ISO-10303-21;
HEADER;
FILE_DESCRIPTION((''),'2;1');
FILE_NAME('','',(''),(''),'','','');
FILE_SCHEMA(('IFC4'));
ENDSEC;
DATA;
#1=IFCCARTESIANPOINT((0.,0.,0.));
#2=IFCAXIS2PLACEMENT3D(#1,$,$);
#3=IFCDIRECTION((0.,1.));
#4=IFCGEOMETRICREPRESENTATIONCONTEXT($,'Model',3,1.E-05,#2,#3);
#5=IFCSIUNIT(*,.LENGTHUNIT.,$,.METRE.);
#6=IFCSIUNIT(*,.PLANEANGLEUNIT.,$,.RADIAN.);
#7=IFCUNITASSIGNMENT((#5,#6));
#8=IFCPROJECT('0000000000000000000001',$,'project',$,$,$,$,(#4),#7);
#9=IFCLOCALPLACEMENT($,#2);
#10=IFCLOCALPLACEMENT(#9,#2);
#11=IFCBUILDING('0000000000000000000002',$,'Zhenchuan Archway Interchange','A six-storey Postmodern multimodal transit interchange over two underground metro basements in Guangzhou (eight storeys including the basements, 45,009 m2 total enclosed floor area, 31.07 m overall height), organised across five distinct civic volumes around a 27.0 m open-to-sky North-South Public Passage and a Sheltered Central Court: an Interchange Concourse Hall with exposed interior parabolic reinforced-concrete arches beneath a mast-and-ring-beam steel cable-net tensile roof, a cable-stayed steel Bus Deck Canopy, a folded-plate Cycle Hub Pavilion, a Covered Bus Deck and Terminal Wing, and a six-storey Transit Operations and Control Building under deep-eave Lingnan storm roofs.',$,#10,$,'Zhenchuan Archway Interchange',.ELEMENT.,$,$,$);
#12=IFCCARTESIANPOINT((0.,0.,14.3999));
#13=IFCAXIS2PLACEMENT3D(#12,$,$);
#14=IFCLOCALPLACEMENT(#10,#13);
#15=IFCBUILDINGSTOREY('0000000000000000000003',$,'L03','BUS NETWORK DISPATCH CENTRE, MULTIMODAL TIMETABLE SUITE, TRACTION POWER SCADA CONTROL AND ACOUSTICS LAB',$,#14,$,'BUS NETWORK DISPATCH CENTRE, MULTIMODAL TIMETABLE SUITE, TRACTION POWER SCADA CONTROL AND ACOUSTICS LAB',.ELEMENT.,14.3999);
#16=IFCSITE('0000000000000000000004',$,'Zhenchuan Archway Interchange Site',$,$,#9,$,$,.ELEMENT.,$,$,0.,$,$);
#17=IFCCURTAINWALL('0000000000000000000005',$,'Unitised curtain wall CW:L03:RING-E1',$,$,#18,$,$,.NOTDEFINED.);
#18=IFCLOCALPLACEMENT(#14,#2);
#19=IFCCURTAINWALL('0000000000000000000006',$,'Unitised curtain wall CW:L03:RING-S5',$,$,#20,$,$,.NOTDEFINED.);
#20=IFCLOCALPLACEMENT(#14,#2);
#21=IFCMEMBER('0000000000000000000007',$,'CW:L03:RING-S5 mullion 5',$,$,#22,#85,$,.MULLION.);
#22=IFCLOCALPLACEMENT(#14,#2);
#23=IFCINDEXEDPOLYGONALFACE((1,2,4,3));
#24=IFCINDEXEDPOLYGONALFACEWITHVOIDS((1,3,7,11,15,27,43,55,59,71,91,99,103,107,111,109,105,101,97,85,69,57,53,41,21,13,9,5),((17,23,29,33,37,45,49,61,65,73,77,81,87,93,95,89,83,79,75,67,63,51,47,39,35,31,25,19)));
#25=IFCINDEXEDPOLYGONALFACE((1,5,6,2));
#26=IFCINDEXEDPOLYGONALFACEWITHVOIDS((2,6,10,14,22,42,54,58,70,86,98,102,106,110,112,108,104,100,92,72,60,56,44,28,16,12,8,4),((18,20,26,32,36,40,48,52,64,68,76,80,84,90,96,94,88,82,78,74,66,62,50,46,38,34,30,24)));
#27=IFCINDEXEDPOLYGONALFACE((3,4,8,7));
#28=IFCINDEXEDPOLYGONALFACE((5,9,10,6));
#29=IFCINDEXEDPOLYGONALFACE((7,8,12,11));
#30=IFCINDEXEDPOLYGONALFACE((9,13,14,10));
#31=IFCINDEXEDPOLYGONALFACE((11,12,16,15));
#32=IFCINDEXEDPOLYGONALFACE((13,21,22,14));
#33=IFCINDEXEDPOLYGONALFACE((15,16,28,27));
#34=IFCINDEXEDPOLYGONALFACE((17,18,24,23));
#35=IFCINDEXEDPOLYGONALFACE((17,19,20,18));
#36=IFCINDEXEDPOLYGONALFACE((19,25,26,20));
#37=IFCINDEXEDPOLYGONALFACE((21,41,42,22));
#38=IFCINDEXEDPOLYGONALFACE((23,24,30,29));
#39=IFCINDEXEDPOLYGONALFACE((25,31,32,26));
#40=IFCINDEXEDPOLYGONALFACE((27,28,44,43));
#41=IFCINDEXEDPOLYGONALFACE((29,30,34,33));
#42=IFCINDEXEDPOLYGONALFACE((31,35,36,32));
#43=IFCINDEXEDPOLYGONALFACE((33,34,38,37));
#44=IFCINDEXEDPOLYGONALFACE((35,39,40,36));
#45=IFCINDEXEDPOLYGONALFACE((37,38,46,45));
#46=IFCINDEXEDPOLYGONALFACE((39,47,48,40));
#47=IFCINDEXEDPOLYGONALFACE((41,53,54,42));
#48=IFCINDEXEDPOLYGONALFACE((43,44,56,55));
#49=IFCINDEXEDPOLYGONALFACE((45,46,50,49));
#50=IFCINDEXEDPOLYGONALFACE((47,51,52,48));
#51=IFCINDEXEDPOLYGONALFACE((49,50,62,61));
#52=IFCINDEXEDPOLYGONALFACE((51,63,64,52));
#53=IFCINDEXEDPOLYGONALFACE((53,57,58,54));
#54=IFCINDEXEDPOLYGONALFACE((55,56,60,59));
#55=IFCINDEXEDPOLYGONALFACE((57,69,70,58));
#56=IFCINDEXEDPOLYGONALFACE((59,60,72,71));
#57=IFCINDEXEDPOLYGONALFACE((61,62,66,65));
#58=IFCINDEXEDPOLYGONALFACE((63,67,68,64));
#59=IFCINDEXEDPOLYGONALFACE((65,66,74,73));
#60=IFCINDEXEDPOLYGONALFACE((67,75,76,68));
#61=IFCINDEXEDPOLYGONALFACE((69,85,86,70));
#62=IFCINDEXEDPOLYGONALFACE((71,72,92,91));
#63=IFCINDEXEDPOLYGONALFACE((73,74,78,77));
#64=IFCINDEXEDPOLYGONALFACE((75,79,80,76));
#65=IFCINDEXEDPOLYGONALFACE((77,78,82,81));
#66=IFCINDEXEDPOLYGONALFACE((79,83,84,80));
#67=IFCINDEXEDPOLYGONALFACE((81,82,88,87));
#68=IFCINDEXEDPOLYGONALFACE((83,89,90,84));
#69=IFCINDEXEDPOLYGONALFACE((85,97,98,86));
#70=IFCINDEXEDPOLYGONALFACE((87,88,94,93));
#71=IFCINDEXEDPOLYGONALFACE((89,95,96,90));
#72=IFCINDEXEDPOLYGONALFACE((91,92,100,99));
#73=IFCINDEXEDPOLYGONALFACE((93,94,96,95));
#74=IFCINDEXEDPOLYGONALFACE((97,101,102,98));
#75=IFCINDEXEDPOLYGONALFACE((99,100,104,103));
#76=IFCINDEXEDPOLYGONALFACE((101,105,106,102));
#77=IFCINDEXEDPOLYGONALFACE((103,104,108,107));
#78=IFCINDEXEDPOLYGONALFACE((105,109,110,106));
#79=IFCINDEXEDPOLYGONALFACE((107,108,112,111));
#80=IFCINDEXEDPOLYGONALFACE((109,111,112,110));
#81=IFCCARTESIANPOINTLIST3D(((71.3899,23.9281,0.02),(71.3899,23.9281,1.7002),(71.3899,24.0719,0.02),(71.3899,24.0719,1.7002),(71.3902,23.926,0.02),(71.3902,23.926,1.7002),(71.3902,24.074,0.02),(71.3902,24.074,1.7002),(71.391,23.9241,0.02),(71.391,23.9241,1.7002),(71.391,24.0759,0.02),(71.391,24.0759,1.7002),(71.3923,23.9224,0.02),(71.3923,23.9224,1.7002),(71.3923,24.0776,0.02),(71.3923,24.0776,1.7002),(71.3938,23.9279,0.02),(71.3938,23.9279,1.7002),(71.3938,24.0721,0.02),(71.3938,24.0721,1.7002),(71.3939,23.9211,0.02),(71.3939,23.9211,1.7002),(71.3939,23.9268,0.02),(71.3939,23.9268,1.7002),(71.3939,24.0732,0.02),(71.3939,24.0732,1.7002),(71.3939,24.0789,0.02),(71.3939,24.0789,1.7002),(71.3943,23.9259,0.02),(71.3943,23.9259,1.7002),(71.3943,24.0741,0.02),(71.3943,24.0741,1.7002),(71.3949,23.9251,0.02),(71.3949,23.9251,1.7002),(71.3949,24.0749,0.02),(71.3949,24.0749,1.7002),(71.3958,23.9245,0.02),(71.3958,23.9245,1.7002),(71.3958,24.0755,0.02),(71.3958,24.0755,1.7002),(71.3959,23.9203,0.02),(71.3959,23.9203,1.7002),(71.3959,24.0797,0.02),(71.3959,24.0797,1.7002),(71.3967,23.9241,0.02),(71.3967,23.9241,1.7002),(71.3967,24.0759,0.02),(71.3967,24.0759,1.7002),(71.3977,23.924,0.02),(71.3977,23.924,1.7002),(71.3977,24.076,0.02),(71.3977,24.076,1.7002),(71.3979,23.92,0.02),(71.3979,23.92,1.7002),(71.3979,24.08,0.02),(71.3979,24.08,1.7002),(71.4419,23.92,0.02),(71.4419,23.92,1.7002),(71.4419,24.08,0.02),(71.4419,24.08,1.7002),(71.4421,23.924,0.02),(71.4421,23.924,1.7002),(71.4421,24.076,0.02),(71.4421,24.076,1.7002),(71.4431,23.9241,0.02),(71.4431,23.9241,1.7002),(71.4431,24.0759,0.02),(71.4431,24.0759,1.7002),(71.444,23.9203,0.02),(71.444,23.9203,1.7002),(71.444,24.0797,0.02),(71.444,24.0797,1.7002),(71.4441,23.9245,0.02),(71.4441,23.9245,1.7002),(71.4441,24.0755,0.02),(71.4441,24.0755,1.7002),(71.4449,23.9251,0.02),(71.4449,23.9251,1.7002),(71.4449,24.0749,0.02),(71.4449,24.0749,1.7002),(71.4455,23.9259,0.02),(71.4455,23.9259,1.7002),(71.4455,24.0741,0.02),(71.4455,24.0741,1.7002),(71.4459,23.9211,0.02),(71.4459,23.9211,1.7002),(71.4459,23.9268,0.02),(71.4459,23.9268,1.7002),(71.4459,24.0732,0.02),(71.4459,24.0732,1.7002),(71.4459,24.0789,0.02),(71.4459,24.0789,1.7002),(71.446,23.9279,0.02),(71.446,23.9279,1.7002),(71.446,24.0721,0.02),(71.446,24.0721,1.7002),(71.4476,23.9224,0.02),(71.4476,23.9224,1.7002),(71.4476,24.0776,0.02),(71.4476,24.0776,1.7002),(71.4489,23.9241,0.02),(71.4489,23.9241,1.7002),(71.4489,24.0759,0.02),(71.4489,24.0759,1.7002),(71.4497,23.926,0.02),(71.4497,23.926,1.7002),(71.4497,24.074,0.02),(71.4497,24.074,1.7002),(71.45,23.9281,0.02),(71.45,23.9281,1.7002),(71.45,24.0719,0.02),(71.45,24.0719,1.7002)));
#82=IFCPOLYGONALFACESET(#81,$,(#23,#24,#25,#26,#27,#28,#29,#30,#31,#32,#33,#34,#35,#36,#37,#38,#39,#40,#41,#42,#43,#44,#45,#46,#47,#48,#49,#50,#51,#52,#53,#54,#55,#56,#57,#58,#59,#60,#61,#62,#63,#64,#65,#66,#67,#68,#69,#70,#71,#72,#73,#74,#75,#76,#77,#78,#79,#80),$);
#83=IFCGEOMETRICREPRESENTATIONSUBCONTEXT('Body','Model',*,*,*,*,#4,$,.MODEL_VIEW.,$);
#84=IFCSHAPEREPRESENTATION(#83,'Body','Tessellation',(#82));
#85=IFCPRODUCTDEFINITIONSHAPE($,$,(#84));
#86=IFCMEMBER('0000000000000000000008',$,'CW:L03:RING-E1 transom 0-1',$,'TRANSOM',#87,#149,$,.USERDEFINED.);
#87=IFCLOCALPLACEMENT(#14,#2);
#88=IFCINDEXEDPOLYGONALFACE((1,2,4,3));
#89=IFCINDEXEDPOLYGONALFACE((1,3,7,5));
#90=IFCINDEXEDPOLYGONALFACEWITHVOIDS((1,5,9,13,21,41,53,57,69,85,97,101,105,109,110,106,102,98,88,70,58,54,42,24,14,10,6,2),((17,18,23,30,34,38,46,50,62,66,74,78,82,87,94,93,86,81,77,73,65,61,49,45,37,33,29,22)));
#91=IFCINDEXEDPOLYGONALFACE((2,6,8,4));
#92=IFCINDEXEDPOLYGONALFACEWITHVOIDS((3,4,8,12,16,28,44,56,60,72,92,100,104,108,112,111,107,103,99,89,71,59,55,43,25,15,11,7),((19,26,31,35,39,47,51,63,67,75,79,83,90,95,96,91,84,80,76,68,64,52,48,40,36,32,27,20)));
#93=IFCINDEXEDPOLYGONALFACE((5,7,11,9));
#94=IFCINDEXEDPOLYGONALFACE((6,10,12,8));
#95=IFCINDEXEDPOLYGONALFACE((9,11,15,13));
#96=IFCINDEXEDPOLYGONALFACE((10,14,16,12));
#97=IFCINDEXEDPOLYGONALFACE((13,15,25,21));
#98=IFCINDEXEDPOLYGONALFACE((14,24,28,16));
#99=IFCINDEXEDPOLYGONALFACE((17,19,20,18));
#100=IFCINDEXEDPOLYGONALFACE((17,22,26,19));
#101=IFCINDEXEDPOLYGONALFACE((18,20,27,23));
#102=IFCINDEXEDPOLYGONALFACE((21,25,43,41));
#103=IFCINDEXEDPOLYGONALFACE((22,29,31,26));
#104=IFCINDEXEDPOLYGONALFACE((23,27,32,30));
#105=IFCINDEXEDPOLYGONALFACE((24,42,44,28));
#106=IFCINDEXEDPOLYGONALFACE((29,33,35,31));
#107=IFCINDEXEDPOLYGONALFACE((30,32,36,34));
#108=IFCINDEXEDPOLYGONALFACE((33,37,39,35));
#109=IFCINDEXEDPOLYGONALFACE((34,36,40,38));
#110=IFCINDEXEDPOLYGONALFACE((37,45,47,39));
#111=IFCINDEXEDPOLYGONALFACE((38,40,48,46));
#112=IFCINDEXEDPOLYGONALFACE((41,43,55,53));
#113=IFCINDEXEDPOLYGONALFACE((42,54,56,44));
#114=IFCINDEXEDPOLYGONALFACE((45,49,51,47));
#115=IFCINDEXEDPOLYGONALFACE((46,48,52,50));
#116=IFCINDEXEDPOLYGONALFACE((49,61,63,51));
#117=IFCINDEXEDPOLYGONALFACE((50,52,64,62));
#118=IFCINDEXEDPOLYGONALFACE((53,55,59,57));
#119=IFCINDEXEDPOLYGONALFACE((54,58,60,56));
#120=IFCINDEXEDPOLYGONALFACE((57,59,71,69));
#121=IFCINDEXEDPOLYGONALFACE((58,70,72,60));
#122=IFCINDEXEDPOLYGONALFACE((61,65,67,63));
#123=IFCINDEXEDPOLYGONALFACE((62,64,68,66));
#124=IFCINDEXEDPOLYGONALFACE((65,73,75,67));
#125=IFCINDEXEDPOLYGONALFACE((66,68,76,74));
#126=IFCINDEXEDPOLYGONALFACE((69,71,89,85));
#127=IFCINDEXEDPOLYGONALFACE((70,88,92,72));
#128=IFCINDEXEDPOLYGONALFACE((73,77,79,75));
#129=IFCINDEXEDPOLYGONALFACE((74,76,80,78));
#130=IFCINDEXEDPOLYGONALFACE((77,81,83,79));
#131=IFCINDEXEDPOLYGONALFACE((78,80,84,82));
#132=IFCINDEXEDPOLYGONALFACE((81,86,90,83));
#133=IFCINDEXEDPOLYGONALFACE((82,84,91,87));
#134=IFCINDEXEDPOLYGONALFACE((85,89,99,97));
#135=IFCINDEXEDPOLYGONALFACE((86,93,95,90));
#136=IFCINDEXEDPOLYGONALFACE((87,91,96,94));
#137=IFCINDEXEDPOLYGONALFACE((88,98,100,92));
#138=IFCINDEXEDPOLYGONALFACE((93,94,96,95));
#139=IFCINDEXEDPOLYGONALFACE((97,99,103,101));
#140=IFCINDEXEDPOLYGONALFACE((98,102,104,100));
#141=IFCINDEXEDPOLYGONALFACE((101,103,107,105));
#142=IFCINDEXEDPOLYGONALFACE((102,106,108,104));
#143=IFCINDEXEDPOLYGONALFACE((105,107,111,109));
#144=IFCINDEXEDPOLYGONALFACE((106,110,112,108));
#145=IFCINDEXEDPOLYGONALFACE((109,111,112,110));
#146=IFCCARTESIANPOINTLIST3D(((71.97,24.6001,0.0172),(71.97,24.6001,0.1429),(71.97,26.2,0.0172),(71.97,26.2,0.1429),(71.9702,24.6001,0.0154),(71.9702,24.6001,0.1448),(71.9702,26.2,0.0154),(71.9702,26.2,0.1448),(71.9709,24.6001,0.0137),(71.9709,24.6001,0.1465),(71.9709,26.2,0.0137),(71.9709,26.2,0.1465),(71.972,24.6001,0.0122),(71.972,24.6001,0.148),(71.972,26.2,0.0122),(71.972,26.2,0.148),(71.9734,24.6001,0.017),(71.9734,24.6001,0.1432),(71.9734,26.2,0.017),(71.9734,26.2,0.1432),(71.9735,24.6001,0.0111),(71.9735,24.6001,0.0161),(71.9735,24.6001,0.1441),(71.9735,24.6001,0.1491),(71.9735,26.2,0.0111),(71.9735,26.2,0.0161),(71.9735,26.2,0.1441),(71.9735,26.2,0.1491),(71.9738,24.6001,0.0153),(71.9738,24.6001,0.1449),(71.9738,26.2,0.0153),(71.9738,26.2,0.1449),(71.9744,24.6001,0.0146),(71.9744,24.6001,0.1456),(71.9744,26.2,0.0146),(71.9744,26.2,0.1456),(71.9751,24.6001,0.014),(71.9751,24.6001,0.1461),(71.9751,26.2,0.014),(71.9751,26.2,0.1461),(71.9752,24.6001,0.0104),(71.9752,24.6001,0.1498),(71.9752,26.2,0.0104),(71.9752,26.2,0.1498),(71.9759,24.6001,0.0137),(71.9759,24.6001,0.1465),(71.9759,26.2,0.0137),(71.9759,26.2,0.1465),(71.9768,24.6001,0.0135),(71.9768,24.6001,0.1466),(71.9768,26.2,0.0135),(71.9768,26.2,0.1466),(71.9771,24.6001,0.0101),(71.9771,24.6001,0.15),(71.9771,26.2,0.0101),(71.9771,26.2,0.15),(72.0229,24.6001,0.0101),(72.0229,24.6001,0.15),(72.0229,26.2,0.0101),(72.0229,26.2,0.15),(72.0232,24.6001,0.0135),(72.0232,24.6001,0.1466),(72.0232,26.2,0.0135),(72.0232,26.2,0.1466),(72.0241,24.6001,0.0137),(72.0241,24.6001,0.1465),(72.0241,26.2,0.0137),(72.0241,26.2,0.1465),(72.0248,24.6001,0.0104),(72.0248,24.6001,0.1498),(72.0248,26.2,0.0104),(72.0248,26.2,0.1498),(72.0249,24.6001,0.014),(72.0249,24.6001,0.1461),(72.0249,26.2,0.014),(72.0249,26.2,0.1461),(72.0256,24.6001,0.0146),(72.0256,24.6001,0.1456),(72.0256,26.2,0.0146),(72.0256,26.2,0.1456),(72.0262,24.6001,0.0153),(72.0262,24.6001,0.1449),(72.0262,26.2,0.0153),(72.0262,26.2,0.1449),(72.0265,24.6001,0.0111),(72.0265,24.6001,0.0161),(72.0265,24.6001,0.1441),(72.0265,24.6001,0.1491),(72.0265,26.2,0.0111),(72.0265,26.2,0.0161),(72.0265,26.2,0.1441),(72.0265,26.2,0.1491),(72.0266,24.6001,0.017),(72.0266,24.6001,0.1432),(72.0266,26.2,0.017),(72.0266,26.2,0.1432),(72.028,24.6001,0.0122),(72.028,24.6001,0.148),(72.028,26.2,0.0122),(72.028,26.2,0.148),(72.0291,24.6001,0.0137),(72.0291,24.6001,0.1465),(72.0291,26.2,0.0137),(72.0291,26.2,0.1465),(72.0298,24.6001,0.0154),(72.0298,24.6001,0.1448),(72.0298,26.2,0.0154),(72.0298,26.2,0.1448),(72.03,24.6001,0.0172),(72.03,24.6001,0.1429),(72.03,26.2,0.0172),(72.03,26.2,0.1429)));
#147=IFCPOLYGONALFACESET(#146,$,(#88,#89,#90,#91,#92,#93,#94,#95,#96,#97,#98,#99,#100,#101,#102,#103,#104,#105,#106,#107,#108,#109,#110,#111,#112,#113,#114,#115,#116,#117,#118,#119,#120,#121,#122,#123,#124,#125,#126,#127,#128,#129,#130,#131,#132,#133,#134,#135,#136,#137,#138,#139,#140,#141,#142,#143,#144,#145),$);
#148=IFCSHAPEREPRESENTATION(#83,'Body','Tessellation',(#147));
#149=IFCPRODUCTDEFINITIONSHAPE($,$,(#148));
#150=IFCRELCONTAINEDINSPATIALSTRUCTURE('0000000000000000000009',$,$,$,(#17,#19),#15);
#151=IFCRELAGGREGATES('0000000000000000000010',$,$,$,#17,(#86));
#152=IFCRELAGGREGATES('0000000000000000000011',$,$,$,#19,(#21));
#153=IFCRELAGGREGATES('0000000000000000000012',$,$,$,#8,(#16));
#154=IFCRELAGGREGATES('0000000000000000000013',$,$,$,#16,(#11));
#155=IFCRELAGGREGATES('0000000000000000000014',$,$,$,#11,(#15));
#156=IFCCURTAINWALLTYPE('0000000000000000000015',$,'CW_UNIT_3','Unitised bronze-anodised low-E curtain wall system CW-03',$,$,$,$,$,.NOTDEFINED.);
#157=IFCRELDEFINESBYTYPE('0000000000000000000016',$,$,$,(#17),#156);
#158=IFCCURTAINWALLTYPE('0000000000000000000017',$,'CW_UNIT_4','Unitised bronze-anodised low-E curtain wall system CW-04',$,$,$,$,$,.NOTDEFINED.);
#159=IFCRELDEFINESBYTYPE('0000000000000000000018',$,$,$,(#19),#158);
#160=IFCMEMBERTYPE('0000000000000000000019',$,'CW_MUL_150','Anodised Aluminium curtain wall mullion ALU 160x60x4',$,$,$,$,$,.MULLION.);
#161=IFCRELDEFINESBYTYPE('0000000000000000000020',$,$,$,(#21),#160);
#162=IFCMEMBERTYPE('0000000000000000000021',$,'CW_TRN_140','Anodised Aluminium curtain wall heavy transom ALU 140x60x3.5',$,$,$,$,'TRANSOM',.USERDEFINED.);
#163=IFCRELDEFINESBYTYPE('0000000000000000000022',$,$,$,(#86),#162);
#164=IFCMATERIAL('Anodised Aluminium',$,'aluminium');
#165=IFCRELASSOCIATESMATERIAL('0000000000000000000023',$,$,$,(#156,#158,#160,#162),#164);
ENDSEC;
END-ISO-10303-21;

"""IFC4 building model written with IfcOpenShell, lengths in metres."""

from ifc_helpers import new_model, si_unit, direction, frame, origin, origin_2d, place, context, subcontext, project, spatial, hollow_rectangle, extrude, material, material_profile, profile_set, type_object, element, aggregate, save


model = new_model("IFC4")

# Units and contexts
model_context = context("Model", 3, precision=1e-05, world=origin(), true_north=direction((0.0, 1.0)))
body_context = subcontext(model_context, "Body", "Model", "MODEL_VIEW")
ifc_project = project(units=[si_unit("LENGTHUNIT", "METRE"), si_unit("PLANEANGLEUNIT", "RADIAN")], contexts=[model_context])

# Site, building, storey
site_placement = place(None, origin())
site = spatial("IfcSite", under=ifc_project, at=site_placement, Name="Zhenchuan Archway Interchange Site", CompositionType="ELEMENT", RefElevation=0.0)
building_placement = place(site_placement, origin())
building = spatial("IfcBuilding", under=site, at=building_placement, Name="Zhenchuan Archway Interchange", Description="A six-storey Postmodern multimodal transit interchange over two underground metro basements in Guangzhou (eight storeys including the basements, 45,009 m2 total enclosed floor area, 31.07 m overall height), organised across five distinct civic volumes around a 27.0 m open-to-sky North-South Public Passage and a Sheltered Central Court: an Interchange Concourse Hall with exposed interior parabolic reinforced-concrete arches beneath a mast-and-ring-beam steel cable-net tensile roof, a cable-stayed steel Bus Deck Canopy, a folded-plate Cycle Hub Pavilion, a Covered Bus Deck and Terminal Wing, and a six-storey Transit Operations and Control Building under deep-eave Lingnan storm roofs.", LongName="Zhenchuan Archway Interchange", CompositionType="ELEMENT")
storey_placement = place(building_placement, frame((0.0, 0.0, 14.3999)))
storey = spatial("IfcBuildingStorey", under=building, at=storey_placement, Name="L03", Description="BUS NETWORK DISPATCH CENTRE, MULTIMODAL TIMETABLE SUITE, TRACTION POWER SCADA CONTROL AND ACOUSTICS LAB", LongName="BUS NETWORK DISPATCH CENTRE, MULTIMODAL TIMETABLE SUITE, TRACTION POWER SCADA CONTROL AND ACOUSTICS LAB", CompositionType="ELEMENT", Elevation=14.3999)

# Curtain walls, member
ifc_material_1 = material(Name="Anodised Aluminium", Category="aluminium")
curtain_wall_type_1 = type_object("IfcCurtainWallType", Name="CW_UNIT_3", Description="Unitised bronze-anodised low-E curtain wall system CW-03", PredefinedType="NOTDEFINED", material=ifc_material_1)
curtain_wall_1_placement = place(storey_placement, origin())
curtain_wall_1 = element("IfcCurtainWall", 1, at=curtain_wall_1_placement, inside=storey, type_object=curtain_wall_type_1, Name="Unitised curtain wall CW:L03:RING-E1", PredefinedType="NOTDEFINED")
ifc_material_profile_1 = material_profile(ifc_material_1, hollow_rectangle(XDim=0.0601, YDim=0.1599, WallThickness=0.0039, InnerFilletRadius=0.0039, OuterFilletRadius=0.0081, at=origin_2d()), Name="ALU 160x60x4")
ifc_profile_set_1 = profile_set([ifc_material_profile_1], Name="Anodised Aluminium")
member_type_1 = type_object("IfcMemberType", Name="CW_MUL_150", Description="Anodised Aluminium curtain wall mullion ALU 160x60x4", PredefinedType="MULLION", material=ifc_profile_set_1)
curtain_wall_type_2 = type_object("IfcCurtainWallType", Name="CW_UNIT_4", Description="Unitised bronze-anodised low-E curtain wall system CW-04", PredefinedType="NOTDEFINED", material=ifc_material_1)
curtain_wall_2_placement = place(storey_placement, origin())
curtain_wall_2 = element("IfcCurtainWall", 2, at=curtain_wall_2_placement, inside=storey, type_object=curtain_wall_type_2, Name="Unitised curtain wall CW:L03:RING-S5", PredefinedType="NOTDEFINED")
member_1_placement = place(storey_placement, frame((71.4199, 24.0, 0.02), z_axis=(0.0, 0.0, 1.0), x_axis=(1.0, 0.0, 0.0)))
member_1 = element("IfcMember", 3, at=member_1_placement, type_object=member_type_1, Name="CW:L03:RING-S5 mullion 5", PredefinedType="MULLION", context=body_context, shape_type="SweptSolid", body=[
    extrude(hollow_rectangle(XDim=0.0601, YDim=0.1599, WallThickness=0.0039, InnerFilletRadius=0.0039, OuterFilletRadius=0.0081, at=origin_2d()), origin(), (0.0, 0.0, 1.0), 1.6802),
])

# Member
ifc_material_profile_2 = material_profile(ifc_material_1, hollow_rectangle(XDim=0.0601, YDim=0.1399, WallThickness=0.0034, InnerFilletRadius=0.0034, OuterFilletRadius=0.0071, at=origin_2d()), Name="ALU 140x60x3.5")
ifc_profile_set_2 = profile_set([ifc_material_profile_2], Name="Anodised Aluminium")
member_type_2 = type_object("IfcMemberType", Name="CW_TRN_140", Description="Anodised Aluminium curtain wall heavy transom ALU 140x60x3.5", ElementType="TRANSOM", PredefinedType="USERDEFINED", material=ifc_profile_set_2)
member_2_placement = place(storey_placement, frame((72.0, 24.6001, 0.0801), z_axis=(0.0, 1.0, 0.0), x_axis=(-1.0, 0.0, 0.0)))
member_2 = element("IfcMember", 4, at=member_2_placement, type_object=member_type_2, Name="CW:L03:RING-E1 transom 0-1", ObjectType="TRANSOM", PredefinedType="USERDEFINED", context=body_context, shape_type="SweptSolid", body=[
    extrude(hollow_rectangle(XDim=0.0601, YDim=0.1399, WallThickness=0.0034, InnerFilletRadius=0.0034, OuterFilletRadius=0.0071, at=origin_2d()), origin(), (0.0, 0.0, 1.0), 1.5999),
])

aggregate(curtain_wall_1, [member_2])
aggregate(curtain_wall_2, [member_1])

save(model, "model.ifc")
